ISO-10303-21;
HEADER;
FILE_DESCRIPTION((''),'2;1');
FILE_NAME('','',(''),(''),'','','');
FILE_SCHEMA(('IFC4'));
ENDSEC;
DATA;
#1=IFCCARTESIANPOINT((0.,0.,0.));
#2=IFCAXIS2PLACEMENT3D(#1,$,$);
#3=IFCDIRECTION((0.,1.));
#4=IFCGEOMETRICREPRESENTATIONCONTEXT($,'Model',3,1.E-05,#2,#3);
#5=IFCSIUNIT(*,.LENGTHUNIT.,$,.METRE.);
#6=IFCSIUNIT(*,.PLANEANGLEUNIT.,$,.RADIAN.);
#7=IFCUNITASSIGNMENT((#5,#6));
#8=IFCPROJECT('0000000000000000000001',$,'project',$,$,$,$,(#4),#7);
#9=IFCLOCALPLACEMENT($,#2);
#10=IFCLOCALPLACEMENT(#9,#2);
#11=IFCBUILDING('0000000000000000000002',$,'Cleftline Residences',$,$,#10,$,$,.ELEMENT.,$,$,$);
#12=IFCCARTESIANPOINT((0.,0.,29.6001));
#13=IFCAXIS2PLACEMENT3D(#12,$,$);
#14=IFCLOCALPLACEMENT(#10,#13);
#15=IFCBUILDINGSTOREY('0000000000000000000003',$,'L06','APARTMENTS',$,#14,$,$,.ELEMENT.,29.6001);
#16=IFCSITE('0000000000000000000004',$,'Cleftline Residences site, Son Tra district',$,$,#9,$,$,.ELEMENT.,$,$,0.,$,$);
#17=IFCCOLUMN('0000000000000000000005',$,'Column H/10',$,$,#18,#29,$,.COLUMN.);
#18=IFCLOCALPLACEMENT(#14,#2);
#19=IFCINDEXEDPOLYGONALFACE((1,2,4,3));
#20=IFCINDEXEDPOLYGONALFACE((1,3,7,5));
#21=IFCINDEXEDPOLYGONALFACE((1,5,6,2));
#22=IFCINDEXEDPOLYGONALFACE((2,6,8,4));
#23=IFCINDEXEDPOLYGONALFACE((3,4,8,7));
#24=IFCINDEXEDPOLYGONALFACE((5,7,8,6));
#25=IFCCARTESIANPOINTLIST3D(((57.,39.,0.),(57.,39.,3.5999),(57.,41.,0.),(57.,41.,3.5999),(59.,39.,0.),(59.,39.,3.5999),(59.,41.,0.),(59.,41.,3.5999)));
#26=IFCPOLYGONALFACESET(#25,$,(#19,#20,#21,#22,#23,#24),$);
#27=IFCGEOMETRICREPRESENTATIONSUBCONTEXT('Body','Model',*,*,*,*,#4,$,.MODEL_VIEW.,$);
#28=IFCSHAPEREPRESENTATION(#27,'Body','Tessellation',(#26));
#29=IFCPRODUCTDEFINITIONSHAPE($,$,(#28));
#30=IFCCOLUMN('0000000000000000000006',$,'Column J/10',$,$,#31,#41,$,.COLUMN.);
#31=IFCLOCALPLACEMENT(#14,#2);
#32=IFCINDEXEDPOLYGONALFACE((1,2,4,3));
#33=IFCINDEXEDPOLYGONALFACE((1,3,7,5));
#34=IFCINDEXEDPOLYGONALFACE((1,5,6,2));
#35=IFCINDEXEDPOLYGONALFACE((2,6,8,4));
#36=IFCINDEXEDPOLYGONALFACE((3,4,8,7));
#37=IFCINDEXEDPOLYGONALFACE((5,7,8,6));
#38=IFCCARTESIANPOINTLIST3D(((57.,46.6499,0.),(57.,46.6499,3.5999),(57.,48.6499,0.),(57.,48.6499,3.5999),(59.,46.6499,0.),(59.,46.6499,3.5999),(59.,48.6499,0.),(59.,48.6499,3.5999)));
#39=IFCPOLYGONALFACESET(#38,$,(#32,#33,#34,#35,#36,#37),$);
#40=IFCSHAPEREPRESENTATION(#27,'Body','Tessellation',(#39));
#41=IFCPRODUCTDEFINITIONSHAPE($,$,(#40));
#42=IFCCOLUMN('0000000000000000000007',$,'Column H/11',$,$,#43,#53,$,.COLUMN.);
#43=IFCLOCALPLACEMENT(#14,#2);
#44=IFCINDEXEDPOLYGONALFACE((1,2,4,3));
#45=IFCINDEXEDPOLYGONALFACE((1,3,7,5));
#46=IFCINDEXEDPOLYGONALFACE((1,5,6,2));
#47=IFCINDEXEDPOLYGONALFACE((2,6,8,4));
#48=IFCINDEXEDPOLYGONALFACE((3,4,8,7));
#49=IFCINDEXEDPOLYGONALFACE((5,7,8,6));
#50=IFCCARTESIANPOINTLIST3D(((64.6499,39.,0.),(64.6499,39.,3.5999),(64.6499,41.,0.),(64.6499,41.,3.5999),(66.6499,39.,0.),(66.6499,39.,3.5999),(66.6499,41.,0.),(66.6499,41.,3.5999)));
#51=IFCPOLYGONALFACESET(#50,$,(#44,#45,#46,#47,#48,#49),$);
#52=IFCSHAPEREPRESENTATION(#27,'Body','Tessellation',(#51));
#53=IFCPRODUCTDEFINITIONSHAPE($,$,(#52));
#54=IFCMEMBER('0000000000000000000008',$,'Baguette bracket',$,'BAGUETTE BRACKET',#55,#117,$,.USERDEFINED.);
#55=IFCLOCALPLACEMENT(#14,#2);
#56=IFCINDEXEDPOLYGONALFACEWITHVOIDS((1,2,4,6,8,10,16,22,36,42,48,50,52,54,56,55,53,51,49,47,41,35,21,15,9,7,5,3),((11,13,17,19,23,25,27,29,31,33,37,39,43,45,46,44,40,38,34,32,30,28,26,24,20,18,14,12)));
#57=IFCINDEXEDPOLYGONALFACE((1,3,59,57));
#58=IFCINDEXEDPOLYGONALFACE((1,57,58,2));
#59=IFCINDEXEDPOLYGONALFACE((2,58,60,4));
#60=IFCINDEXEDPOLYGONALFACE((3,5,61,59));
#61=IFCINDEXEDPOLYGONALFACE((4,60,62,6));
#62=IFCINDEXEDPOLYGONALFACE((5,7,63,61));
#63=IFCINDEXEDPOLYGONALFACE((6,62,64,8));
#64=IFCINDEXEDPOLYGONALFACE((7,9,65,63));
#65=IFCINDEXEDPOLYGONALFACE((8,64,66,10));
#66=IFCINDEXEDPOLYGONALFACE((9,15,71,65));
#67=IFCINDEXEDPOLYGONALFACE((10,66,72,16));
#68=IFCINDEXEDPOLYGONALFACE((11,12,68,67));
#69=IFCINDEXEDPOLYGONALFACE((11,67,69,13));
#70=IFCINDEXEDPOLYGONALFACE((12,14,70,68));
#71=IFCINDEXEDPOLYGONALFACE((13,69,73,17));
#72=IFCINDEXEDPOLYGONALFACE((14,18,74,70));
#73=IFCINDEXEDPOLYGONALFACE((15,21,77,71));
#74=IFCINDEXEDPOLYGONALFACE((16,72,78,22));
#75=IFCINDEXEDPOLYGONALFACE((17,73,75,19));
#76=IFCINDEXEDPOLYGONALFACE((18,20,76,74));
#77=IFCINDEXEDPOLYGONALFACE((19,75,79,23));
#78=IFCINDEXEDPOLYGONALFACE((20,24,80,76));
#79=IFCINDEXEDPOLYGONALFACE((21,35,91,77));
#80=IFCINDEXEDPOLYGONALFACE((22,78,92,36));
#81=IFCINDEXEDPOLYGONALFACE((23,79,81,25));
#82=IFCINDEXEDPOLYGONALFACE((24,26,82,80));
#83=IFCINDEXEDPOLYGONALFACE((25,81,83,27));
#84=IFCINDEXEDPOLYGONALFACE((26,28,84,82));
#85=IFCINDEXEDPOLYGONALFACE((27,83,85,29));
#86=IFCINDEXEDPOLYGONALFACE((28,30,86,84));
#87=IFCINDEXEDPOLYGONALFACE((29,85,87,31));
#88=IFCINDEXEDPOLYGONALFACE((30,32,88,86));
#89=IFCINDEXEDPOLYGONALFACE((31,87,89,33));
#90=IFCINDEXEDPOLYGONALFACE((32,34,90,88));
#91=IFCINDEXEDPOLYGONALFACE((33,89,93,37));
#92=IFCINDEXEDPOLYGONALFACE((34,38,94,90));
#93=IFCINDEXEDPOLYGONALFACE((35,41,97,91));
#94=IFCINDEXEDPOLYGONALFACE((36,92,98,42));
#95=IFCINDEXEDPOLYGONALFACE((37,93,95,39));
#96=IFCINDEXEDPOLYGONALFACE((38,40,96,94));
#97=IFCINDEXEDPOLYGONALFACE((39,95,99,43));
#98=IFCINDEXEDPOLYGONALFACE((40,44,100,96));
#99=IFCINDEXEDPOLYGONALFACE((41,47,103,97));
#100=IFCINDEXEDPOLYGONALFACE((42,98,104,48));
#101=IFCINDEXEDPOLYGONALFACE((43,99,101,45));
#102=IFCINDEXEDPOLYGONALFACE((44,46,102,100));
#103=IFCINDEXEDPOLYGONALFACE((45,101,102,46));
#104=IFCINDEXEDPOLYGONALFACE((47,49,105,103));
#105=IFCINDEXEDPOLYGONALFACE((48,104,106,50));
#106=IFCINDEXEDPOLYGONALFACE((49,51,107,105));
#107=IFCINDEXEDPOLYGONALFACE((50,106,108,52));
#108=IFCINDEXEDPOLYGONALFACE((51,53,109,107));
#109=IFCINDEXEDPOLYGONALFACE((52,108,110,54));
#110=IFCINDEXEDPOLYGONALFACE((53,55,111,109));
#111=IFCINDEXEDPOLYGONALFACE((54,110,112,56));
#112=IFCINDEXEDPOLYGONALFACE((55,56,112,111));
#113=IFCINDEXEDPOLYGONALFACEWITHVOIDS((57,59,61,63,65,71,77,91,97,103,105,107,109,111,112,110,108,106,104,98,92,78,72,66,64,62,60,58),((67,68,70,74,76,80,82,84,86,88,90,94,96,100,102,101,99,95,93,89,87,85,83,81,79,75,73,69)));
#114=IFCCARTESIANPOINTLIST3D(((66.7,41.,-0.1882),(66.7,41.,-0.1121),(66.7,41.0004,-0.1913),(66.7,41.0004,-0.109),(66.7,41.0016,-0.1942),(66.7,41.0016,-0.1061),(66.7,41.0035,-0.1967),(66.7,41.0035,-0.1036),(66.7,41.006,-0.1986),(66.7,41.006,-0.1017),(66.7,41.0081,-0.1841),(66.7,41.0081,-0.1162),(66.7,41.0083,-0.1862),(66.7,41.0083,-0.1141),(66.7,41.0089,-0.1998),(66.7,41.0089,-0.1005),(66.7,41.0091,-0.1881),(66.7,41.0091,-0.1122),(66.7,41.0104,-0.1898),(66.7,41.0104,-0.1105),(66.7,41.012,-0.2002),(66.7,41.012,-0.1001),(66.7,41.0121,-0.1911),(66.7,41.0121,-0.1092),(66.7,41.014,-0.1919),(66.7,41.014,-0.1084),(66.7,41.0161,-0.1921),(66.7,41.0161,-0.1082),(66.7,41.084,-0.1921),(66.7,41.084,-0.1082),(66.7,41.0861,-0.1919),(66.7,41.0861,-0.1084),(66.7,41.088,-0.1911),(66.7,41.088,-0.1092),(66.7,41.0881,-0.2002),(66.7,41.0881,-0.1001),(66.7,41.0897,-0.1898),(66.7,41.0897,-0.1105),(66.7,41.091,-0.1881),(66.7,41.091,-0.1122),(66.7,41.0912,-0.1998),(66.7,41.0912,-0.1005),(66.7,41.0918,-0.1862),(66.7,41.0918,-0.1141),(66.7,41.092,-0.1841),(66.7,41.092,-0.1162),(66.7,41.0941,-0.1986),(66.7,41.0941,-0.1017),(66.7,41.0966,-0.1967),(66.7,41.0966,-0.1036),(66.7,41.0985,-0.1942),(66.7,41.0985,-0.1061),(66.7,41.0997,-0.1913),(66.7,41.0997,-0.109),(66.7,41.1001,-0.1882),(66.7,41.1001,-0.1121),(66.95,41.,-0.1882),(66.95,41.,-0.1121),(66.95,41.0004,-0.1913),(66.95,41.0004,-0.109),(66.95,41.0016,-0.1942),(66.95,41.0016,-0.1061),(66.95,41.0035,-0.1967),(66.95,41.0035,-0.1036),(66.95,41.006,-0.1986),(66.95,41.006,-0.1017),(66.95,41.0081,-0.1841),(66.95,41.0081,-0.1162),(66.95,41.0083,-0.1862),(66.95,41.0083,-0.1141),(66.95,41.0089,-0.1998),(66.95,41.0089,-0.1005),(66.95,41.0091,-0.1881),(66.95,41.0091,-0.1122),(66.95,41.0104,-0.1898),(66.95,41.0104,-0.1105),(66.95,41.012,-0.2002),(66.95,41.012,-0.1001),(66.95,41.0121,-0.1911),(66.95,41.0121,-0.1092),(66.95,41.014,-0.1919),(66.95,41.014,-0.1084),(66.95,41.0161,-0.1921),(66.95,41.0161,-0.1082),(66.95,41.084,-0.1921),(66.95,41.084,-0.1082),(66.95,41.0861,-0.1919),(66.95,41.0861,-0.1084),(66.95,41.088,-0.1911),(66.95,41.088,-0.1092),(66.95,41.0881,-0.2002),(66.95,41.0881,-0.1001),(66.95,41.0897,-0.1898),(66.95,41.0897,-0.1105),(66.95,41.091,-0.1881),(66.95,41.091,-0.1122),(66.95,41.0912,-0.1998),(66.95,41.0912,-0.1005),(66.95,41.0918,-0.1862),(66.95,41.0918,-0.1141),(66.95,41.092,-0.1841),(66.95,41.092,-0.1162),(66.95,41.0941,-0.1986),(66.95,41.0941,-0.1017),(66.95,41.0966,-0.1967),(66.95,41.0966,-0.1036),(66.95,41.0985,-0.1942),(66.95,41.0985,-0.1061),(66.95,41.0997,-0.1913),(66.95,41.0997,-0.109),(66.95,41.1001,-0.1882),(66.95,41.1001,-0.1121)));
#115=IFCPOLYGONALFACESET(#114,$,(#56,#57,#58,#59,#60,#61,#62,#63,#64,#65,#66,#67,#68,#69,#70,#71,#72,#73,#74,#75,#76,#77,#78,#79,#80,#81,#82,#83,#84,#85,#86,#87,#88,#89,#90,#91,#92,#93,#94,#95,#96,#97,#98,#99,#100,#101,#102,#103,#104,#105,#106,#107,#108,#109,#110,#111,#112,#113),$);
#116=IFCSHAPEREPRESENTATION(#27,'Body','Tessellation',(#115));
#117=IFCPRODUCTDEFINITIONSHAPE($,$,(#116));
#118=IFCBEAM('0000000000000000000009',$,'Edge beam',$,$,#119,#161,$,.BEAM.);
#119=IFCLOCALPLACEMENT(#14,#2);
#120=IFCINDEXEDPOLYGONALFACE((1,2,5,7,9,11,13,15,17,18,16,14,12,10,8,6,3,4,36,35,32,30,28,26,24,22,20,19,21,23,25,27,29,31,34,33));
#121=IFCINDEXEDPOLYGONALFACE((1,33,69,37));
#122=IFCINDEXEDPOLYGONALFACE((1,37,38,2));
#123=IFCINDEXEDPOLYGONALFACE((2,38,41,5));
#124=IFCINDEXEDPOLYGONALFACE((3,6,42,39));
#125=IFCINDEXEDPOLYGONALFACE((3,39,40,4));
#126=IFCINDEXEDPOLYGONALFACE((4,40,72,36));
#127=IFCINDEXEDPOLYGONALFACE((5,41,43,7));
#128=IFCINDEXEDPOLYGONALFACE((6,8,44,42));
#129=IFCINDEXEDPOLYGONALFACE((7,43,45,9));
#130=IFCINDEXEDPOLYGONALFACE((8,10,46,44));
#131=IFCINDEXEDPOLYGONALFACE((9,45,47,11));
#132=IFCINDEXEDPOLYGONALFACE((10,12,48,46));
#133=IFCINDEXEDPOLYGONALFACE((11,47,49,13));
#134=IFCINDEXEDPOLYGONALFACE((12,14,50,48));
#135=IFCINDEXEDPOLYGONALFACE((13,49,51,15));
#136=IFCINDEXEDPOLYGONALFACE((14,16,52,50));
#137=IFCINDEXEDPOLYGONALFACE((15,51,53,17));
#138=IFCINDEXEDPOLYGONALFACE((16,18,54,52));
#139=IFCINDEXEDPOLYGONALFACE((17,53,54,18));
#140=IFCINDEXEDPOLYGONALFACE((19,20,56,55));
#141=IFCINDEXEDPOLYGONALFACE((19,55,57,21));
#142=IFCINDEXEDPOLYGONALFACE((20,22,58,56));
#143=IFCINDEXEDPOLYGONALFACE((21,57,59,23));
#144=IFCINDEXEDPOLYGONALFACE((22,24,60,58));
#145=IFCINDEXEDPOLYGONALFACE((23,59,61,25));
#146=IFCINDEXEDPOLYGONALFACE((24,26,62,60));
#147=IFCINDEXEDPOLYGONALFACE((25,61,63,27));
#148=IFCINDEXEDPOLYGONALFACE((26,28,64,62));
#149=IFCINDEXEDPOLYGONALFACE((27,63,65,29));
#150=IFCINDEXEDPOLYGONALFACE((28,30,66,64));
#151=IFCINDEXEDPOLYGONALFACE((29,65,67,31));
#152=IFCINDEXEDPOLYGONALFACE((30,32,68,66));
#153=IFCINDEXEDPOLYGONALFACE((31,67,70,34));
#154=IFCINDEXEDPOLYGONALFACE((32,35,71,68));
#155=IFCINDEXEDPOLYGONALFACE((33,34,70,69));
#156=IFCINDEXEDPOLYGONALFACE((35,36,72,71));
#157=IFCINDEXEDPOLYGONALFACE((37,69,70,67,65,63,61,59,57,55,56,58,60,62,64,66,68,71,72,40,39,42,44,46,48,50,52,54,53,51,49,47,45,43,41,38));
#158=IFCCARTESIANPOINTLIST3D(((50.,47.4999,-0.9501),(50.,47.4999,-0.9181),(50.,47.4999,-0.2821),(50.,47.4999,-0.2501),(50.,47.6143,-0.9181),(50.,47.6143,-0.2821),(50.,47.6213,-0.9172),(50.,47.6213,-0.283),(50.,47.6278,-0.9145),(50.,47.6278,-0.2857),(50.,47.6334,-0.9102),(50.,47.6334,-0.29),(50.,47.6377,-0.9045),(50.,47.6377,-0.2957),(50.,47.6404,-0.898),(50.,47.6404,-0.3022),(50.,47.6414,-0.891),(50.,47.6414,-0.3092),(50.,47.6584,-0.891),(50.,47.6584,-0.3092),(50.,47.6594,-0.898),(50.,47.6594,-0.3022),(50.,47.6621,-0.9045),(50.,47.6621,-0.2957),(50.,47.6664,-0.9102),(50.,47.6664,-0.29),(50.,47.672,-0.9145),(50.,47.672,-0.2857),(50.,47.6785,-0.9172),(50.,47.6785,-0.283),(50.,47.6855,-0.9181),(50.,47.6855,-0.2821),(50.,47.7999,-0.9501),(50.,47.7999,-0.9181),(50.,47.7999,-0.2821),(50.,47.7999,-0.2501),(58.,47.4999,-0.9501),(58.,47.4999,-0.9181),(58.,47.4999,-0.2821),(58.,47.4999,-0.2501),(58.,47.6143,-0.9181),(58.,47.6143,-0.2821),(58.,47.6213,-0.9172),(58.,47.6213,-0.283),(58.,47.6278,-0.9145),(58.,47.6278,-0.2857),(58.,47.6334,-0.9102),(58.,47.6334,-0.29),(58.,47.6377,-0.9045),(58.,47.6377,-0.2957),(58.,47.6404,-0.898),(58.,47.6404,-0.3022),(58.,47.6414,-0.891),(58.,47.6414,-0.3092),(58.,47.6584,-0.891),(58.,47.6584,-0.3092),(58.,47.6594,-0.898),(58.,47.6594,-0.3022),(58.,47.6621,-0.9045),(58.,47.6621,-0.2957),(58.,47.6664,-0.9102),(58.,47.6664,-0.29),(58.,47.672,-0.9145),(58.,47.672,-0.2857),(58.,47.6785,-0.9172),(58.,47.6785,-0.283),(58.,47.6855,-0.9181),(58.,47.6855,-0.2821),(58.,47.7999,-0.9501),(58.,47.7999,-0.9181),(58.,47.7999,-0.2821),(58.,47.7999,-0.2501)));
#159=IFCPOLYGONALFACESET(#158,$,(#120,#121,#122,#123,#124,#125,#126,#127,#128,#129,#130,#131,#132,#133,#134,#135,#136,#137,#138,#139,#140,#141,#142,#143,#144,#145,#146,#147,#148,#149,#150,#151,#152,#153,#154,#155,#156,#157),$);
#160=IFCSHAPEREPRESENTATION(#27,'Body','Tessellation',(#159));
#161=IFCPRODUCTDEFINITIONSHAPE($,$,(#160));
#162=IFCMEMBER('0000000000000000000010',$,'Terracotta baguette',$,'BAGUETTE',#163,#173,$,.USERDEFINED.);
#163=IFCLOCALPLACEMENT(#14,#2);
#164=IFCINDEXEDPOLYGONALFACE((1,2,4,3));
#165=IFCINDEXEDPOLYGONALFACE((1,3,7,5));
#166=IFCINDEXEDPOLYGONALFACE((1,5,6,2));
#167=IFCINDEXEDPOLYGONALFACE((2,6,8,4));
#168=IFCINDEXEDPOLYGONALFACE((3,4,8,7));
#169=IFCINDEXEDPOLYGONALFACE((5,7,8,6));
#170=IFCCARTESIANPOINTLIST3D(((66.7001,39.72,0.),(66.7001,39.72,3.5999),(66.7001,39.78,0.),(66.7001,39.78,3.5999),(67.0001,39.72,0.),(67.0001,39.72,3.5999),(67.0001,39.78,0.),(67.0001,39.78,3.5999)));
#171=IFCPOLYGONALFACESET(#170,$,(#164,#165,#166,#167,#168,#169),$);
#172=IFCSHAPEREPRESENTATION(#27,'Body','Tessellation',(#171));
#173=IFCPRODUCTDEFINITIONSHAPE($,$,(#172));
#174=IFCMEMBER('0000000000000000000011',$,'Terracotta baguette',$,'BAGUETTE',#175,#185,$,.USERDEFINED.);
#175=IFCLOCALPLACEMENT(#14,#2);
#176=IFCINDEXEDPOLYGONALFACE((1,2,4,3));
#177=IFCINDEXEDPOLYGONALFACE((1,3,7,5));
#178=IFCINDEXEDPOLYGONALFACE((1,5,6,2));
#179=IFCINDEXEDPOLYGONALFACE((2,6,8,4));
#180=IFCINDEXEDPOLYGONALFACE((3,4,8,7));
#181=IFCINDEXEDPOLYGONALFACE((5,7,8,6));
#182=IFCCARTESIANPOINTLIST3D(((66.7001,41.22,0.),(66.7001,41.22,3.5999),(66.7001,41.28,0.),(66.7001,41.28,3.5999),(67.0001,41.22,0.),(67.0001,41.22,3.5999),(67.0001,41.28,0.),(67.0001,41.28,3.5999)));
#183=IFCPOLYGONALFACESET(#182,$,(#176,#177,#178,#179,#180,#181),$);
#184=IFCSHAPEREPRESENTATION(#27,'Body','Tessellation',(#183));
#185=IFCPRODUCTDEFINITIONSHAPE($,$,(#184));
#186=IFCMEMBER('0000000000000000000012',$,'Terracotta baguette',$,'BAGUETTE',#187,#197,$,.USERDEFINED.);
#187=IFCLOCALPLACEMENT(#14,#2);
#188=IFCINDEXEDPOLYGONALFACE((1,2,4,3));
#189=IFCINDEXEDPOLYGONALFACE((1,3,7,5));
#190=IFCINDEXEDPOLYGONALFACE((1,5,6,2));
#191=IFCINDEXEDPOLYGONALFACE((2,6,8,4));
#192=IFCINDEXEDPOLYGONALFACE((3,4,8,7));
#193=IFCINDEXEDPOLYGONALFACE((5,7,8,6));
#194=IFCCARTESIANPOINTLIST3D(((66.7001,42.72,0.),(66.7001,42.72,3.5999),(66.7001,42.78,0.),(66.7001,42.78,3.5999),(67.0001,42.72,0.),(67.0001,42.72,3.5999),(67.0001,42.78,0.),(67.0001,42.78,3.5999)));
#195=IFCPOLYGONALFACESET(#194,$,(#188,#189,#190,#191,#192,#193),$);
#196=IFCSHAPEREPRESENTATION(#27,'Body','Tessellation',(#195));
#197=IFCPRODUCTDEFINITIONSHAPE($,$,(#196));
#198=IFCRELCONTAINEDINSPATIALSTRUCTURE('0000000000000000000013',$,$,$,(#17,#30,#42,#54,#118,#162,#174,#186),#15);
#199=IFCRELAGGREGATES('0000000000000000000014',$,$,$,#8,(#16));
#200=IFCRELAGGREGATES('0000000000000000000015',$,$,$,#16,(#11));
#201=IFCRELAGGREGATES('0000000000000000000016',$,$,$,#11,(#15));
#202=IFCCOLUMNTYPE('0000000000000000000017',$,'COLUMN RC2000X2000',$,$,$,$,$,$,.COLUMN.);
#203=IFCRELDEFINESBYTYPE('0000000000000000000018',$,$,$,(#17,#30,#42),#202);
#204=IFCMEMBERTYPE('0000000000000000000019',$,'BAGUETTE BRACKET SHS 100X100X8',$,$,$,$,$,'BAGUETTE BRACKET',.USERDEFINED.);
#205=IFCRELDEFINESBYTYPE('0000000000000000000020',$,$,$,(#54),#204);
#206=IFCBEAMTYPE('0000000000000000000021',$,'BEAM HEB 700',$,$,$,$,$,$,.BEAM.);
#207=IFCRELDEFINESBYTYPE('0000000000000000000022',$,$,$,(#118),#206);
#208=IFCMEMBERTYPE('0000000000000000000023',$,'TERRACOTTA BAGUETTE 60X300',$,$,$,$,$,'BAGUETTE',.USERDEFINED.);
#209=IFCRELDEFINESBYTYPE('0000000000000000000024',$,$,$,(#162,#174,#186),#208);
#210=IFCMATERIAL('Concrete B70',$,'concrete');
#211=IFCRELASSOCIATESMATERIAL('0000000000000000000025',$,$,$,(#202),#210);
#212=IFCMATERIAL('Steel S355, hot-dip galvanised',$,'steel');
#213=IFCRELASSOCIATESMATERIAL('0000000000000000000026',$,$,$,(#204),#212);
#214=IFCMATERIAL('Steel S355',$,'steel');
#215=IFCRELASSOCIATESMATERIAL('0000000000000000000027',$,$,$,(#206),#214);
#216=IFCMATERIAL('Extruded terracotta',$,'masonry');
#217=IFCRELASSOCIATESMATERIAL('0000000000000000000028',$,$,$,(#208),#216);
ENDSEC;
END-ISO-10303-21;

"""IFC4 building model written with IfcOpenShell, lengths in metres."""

from ifc_helpers import new_model, si_unit, direction, frame, origin, origin_2d, place, context, subcontext, project, spatial, rectangle, hollow_rectangle, i_section, extrude, material, material_profile, profile_set, type_object, element, save


model = new_model("IFC4")

# Units and contexts
model_context = context("Model", 3, precision=1e-05, world=origin(), true_north=direction((0.0, 1.0)))
body_context = subcontext(model_context, "Body", "Model", "MODEL_VIEW")
ifc_project = project(units=[si_unit("LENGTHUNIT", "METRE"), si_unit("PLANEANGLEUNIT", "RADIAN")], contexts=[model_context])

# Site, building, storey
site_placement = place(None, origin())
site = spatial("IfcSite", under=ifc_project, at=site_placement, Name="Cleftline Residences site, Son Tra district", CompositionType="ELEMENT", RefElevation=0.0)
building_placement = place(site_placement, origin())
building = spatial("IfcBuilding", under=site, at=building_placement, Name="Cleftline Residences", CompositionType="ELEMENT")
storey_placement = place(building_placement, frame((0.0, 0.0, 29.6001)))
storey = spatial("IfcBuildingStorey", under=building, at=storey_placement, Name="L06", Description="APARTMENTS", CompositionType="ELEMENT", Elevation=29.6001)

# Columns
ifc_material_1 = material(Name="Concrete B70", Category="concrete")
ifc_material_profile_1 = material_profile(ifc_material_1, rectangle(XDim=2.0, YDim=2.0, at=origin_2d()))
ifc_profile_set_1 = profile_set([ifc_material_profile_1], Name="Concrete B70")
column_type = type_object("IfcColumnType", Name="COLUMN RC2000X2000", PredefinedType="COLUMN", material=ifc_profile_set_1)
for number, where, z_axis, x_axis, name in (
    (1, (58.0, 40.0, 0.0), (0.0, 0.0, 1.0), (1.0, 0.0, 0.0), "Column H/10"),
    (2, (58.0, 47.6499, 0.0), (0.0, 0.0, 1.0), (1.0, 0.0, 0.0), "Column J/10"),
    (3, (65.6499, 40.0, 0.0), (0.0, 0.0, 1.0), (1.0, 0.0, 0.0), "Column H/11"),
):
    element("IfcColumn", number, at=place(storey_placement, frame(where, z_axis=z_axis, x_axis=x_axis)), inside=storey, type_object=column_type, Name=name, PredefinedType="COLUMN", context=body_context, shape_type="SweptSolid", body=[
        extrude(rectangle(XDim=2.0, YDim=2.0, at=origin_2d()), origin(), (0.0, 0.0, 1.0), 3.5999),
    ])

# Member
ifc_material_2 = material(Name="Steel S355, hot-dip galvanised", Category="steel")
ifc_material_profile_2 = material_profile(ifc_material_2, hollow_rectangle(XDim=0.1001, YDim=0.1001, WallThickness=0.0081, InnerFilletRadius=0.0081, OuterFilletRadius=0.012, at=origin_2d()))
ifc_profile_set_2 = profile_set([ifc_material_profile_2], Name="Steel S355, hot-dip galvanised")
member_type_1 = type_object("IfcMemberType", Name="BAGUETTE BRACKET SHS 100X100X8", ElementType="BAGUETTE BRACKET", PredefinedType="USERDEFINED", material=ifc_profile_set_2)
member_placement = place(storey_placement, frame((66.7, 41.05, -0.1501), z_axis=(1.0, 0.0, 0.0), x_axis=(0.0, 1.0, 0.0)))
element("IfcMember", 4, at=member_placement, inside=storey, type_object=member_type_1, Name="Baguette bracket", ObjectType="BAGUETTE BRACKET", PredefinedType="USERDEFINED", context=body_context, shape_type="SweptSolid", body=[
    extrude(hollow_rectangle(XDim=0.1001, YDim=0.1001, WallThickness=0.0081, InnerFilletRadius=0.0081, OuterFilletRadius=0.012, at=origin_2d()), origin(), (0.0, 0.0, 1.0), 0.25),
])

# Beam
ifc_material_3 = material(Name="Steel S355", Category="steel")
ifc_material_profile_3 = material_profile(ifc_material_3, i_section(OverallWidth=0.3, OverallDepth=0.7, WebThickness=0.0171, FlangeThickness=0.032, FilletRadius=0.0271, at=origin_2d()))
ifc_profile_set_3 = profile_set([ifc_material_profile_3], Name="Steel S355")
beam_type = type_object("IfcBeamType", Name="BEAM HEB 700", PredefinedType="BEAM", material=ifc_profile_set_3)
beam_placement = place(storey_placement, frame((58.0, 47.6499, -0.6001), z_axis=(-1.0, 0.0, 0.0), x_axis=(0.0, -1.0, 0.0)))
element("IfcBeam", 5, at=beam_placement, inside=storey, type_object=beam_type, Name="Edge beam", PredefinedType="BEAM", context=body_context, shape_type="SweptSolid", body=[
    extrude(i_section(OverallWidth=0.3, OverallDepth=0.7, WebThickness=0.0171, FlangeThickness=0.032, FilletRadius=0.0271, at=origin_2d()), origin(), (0.0, 0.0, 1.0), 8.0),
])

# Members
ifc_material_4 = material(Name="Extruded terracotta", Category="masonry")
ifc_material_profile_4 = material_profile(ifc_material_4, rectangle(XDim=0.0601, YDim=0.3, at=origin_2d()))
ifc_profile_set_4 = profile_set([ifc_material_profile_4], Name="Extruded terracotta")
member_type_2 = type_object("IfcMemberType", Name="TERRACOTTA BAGUETTE 60X300", ElementType="BAGUETTE", PredefinedType="USERDEFINED", material=ifc_profile_set_4)
for number, where, z_axis, x_axis, name in (
    (6, (66.8501, 39.75, 0.0), (0.0, 0.0, 1.0), (0.0, 1.0, 0.0), "Terracotta baguette"),
    (7, (66.8501, 41.25, 0.0), (0.0, 0.0, 1.0), (0.0, 1.0, 0.0), "Terracotta baguette"),
    (8, (66.8501, 42.75, 0.0), (0.0, 0.0, 1.0), (0.0, 1.0, 0.0), "Terracotta baguette"),
):
    element("IfcMember", number, at=place(storey_placement, frame(where, z_axis=z_axis, x_axis=x_axis)), inside=storey, type_object=member_type_2, Name=name, ObjectType="BAGUETTE", PredefinedType="USERDEFINED", context=body_context, shape_type="SweptSolid", body=[
        extrude(rectangle(XDim=0.0601, YDim=0.3, at=origin_2d()), origin(), (0.0, 0.0, 1.0), 3.5999),
    ])

save(model, "model.ifc")
